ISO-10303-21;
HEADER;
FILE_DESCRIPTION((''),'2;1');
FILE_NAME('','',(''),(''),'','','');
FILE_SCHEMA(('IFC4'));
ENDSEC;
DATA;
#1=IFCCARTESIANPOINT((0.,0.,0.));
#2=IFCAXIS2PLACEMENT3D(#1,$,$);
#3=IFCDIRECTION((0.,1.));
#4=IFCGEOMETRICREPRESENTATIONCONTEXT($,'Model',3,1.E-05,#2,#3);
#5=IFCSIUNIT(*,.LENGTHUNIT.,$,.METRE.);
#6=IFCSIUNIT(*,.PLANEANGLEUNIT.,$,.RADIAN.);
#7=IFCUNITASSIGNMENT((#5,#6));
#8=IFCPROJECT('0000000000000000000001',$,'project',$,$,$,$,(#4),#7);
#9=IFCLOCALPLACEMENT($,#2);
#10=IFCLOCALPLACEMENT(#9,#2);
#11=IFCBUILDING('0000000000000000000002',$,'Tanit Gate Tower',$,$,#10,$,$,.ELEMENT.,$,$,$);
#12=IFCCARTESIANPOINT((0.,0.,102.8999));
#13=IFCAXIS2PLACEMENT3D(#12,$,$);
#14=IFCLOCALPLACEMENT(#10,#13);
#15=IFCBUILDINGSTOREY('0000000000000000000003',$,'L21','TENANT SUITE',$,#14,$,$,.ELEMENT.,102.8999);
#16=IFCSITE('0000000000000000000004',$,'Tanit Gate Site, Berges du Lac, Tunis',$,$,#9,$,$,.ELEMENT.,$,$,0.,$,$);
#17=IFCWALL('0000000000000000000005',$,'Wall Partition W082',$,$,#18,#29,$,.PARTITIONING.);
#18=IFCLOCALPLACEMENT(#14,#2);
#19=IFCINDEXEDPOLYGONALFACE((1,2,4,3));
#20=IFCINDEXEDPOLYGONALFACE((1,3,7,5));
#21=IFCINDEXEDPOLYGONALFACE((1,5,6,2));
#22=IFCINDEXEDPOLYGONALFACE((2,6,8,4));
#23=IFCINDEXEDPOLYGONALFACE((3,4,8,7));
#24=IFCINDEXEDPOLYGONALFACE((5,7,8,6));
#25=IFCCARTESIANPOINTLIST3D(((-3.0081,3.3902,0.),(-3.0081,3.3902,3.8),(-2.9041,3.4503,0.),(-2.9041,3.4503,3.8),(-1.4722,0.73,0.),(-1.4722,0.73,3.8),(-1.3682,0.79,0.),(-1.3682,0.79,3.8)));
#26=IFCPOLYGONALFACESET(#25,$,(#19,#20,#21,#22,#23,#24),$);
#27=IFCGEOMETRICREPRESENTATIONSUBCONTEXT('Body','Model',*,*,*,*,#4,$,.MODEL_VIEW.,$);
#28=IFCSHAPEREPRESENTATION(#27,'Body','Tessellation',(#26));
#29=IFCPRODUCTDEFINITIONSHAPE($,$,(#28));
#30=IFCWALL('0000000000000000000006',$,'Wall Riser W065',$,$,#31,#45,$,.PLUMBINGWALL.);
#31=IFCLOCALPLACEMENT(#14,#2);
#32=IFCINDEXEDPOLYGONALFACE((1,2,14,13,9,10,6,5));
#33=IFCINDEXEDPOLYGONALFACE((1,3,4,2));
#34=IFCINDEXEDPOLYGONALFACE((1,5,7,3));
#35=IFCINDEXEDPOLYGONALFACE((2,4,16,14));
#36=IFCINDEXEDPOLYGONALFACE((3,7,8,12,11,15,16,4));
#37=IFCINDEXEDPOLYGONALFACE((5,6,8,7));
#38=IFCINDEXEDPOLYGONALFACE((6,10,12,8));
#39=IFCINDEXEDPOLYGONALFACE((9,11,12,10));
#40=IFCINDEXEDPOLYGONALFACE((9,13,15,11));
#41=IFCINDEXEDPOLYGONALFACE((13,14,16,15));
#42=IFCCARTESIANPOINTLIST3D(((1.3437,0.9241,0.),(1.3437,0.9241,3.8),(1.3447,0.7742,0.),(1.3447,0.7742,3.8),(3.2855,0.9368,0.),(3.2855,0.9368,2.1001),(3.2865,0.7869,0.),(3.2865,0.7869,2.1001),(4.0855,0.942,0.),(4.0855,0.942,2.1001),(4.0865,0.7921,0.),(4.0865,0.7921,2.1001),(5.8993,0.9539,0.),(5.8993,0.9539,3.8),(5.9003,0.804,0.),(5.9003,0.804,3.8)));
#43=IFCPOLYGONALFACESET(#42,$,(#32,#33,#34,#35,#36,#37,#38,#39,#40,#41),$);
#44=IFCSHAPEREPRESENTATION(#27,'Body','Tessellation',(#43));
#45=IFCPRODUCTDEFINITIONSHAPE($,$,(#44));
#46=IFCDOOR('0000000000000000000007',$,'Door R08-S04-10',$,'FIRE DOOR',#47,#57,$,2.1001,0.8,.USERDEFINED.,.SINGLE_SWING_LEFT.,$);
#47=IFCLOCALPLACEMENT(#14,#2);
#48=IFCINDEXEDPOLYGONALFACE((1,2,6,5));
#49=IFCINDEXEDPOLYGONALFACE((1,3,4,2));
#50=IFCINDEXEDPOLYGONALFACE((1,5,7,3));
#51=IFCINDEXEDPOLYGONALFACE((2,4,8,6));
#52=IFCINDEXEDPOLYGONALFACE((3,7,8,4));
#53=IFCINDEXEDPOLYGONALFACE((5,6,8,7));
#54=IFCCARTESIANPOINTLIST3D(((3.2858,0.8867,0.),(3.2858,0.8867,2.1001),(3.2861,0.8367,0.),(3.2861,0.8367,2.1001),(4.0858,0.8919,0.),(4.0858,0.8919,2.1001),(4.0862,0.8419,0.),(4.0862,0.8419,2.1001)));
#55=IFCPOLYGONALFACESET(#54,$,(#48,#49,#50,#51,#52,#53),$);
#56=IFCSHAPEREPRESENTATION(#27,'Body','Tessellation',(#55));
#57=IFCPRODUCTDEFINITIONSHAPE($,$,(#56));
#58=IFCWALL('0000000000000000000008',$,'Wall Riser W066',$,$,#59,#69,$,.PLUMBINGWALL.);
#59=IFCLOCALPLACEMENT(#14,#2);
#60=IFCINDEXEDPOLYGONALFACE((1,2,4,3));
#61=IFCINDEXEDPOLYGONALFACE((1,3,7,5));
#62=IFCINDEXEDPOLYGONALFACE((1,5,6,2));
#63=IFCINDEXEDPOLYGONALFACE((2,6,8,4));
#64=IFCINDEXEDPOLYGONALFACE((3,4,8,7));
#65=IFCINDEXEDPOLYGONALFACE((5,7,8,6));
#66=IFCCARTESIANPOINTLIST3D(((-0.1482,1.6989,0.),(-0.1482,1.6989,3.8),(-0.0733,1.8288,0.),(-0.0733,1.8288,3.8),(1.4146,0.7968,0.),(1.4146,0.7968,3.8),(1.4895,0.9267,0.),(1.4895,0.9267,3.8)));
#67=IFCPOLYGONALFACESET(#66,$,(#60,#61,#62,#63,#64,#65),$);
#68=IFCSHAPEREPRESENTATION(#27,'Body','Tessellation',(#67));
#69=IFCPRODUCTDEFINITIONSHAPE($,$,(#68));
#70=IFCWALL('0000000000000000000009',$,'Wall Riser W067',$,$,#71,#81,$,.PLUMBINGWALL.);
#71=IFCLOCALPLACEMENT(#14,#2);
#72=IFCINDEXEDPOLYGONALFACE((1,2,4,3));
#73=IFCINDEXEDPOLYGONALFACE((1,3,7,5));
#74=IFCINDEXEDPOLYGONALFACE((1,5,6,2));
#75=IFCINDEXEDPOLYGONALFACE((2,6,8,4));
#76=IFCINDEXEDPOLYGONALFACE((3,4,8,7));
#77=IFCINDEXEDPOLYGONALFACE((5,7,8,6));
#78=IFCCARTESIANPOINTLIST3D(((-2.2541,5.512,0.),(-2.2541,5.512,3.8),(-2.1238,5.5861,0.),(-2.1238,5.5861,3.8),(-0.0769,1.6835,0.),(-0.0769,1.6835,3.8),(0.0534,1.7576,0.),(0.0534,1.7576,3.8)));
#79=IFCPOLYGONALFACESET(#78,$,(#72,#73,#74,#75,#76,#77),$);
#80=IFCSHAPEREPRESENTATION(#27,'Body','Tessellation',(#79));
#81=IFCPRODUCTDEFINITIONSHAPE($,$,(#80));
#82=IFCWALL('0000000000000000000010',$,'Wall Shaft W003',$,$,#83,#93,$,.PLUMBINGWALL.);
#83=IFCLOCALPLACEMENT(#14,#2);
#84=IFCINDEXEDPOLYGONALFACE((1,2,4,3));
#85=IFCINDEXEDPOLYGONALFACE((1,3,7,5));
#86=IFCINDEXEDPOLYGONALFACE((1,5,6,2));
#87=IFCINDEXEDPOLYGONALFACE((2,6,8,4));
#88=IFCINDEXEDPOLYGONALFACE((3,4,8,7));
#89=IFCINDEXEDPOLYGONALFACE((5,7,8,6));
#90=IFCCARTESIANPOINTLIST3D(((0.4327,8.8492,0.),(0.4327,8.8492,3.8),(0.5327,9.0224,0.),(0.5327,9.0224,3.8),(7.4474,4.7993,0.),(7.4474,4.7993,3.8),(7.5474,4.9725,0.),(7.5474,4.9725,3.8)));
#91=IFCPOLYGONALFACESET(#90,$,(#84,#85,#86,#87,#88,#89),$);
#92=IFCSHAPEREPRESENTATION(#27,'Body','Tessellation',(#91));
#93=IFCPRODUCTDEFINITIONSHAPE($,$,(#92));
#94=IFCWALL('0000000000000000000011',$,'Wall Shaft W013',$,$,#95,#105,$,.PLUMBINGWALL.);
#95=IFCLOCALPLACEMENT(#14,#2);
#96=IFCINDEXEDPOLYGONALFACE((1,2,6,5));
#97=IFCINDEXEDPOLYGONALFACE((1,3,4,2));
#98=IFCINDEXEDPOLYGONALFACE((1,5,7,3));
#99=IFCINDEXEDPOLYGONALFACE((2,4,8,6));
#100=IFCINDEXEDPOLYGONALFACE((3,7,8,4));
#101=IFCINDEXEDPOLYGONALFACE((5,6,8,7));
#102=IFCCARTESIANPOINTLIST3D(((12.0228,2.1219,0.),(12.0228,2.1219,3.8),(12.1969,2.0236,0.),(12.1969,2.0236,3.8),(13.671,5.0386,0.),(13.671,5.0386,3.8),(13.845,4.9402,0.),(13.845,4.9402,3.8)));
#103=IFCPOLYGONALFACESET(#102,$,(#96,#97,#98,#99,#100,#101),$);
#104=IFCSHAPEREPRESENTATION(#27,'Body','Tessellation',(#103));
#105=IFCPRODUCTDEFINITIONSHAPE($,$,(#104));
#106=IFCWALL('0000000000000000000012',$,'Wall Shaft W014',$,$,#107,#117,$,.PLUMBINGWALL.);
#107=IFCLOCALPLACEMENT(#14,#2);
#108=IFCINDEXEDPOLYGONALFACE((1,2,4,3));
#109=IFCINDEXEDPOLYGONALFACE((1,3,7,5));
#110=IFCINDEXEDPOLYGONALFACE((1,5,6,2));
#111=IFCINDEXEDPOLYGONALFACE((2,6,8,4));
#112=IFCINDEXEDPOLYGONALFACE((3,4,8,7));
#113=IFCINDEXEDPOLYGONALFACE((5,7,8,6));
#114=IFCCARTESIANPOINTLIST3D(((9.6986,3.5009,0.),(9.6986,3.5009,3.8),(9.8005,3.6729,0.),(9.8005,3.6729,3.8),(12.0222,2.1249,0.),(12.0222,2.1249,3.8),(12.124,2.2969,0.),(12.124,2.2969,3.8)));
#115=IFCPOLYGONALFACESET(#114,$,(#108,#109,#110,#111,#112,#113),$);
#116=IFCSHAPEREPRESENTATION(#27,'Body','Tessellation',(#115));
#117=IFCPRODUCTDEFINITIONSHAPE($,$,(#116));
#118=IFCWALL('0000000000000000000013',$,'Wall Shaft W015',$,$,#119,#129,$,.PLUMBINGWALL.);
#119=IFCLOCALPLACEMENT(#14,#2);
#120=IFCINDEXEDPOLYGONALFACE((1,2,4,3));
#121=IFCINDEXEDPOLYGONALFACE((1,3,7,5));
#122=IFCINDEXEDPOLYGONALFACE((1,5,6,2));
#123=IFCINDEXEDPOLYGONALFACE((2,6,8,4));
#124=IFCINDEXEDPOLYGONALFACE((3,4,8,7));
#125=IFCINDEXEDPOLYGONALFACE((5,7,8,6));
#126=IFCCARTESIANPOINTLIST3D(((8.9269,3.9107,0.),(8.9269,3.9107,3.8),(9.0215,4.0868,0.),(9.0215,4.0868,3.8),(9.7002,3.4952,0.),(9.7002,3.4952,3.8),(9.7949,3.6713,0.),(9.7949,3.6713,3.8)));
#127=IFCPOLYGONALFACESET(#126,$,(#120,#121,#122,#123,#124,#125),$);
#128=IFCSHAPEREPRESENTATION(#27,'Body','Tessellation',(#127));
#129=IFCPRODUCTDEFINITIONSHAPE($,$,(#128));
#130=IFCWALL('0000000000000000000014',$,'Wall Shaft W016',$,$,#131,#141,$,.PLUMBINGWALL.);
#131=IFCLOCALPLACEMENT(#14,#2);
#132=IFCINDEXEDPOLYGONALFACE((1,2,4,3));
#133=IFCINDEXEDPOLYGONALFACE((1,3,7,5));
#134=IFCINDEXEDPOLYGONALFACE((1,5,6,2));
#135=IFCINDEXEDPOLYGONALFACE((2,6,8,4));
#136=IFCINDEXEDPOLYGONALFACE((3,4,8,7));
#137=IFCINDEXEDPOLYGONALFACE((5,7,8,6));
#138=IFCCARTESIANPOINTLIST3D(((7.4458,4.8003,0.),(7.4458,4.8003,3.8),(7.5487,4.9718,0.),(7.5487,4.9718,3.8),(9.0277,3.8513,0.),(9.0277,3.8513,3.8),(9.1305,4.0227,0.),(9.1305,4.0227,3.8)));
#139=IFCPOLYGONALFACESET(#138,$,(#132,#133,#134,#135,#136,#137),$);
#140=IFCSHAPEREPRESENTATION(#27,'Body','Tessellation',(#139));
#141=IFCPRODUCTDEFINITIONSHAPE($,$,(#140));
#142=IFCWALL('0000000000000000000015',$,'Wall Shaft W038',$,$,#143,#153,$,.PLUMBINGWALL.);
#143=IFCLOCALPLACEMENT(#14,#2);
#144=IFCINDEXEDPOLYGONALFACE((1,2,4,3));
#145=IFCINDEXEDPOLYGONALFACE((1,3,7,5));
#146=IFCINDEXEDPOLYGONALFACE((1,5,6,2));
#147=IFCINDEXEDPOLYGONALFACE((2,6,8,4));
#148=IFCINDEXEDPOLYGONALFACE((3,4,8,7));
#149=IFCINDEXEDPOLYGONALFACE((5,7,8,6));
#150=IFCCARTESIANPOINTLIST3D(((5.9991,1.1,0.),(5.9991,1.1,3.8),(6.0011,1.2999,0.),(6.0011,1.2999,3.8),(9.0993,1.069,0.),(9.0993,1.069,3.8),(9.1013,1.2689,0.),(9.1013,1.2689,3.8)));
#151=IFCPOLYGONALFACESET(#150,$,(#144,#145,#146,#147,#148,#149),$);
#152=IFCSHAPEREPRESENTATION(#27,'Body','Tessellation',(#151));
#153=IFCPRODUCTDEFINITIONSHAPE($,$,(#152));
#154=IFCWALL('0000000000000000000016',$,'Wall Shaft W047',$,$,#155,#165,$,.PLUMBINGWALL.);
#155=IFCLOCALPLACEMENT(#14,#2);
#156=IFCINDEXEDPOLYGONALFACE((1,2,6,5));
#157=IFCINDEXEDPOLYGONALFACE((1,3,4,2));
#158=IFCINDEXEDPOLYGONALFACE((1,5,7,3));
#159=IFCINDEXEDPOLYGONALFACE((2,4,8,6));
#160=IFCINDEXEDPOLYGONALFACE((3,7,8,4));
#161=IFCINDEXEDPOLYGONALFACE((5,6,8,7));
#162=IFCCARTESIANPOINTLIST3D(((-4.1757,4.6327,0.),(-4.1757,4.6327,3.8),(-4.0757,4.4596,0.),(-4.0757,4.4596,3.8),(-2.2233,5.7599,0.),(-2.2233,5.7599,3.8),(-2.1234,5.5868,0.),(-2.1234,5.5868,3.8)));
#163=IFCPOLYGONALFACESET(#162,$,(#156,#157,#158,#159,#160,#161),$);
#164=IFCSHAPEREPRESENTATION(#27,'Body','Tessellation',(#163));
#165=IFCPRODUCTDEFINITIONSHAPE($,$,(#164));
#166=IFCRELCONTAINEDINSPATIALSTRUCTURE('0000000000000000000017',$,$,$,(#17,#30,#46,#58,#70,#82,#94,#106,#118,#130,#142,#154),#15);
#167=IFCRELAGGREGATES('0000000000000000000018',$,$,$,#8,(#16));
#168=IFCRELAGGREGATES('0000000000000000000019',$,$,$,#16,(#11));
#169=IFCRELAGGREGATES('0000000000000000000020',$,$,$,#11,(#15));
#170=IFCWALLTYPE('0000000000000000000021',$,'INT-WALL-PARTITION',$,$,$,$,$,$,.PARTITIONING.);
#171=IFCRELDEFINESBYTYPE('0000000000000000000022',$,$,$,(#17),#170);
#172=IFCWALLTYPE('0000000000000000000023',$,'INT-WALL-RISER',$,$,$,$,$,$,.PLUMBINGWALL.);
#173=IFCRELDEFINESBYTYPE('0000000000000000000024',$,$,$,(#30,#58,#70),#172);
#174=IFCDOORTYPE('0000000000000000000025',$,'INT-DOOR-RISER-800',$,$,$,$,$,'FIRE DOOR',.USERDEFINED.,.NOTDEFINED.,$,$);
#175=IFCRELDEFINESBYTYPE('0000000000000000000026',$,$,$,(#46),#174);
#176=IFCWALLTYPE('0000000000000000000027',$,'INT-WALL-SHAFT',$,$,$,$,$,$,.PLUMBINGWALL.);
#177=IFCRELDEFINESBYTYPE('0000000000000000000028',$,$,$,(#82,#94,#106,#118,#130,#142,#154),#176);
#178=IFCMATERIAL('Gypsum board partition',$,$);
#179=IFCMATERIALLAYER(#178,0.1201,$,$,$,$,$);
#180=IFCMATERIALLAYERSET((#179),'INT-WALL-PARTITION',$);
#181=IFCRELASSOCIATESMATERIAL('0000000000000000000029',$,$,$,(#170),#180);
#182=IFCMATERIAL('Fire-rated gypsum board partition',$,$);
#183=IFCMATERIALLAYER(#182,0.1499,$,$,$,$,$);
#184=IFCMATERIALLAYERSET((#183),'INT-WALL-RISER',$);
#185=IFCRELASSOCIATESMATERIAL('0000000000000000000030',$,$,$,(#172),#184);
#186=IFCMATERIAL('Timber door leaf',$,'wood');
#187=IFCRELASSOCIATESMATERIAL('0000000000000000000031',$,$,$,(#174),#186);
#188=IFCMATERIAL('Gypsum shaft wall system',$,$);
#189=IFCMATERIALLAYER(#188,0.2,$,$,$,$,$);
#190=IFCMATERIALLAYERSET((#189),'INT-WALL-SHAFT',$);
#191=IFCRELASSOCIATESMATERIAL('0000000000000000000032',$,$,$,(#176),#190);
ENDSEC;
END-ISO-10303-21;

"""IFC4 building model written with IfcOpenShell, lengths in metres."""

from ifc_helpers import new_model, si_unit, direction, frame, frame_2d, origin, place, context, subcontext, project, spatial, rectangle, extrude, material, layer, layer_set, type_object, element, fill, save


model = new_model("IFC4")

# Units and contexts
model_context = context("Model", 3, precision=1e-05, world=origin(), true_north=direction((0.0, 1.0)))
body_context = subcontext(model_context, "Body", "Model", "MODEL_VIEW")
ifc_project = project(units=[si_unit("LENGTHUNIT", "METRE"), si_unit("PLANEANGLEUNIT", "RADIAN")], contexts=[model_context])

# Site, building, storey
site_placement = place(None, origin())
site = spatial("IfcSite", under=ifc_project, at=site_placement, Name="Tanit Gate Site, Berges du Lac, Tunis", CompositionType="ELEMENT", RefElevation=0.0)
building_placement = place(site_placement, origin())
building = spatial("IfcBuilding", under=site, at=building_placement, Name="Tanit Gate Tower", CompositionType="ELEMENT")
storey_placement = place(building_placement, frame((0.0, 0.0, 102.8999)))
storey = spatial("IfcBuildingStorey", under=building, at=storey_placement, Name="L21", Description="TENANT SUITE", CompositionType="ELEMENT", Elevation=102.8999)

# Wall
ifc_material_1 = material(Name="Gypsum board partition")
ifc_layer_1 = layer(ifc_material_1, 0.1201)
ifc_layer_set_1 = layer_set([ifc_layer_1], Name="INT-WALL-PARTITION")
wall_type_1 = type_object("IfcWallType", Name="INT-WALL-PARTITION", PredefinedType="PARTITIONING", material=ifc_layer_set_1)
wall_1_placement = place(storey_placement, frame((-1.4202, 0.76, 0.0), z_axis=(0.0, 0.0, 1.0), x_axis=(-0.500011, 0.866019, 0.0)))
element("IfcWall", 1, at=wall_1_placement, inside=storey, type_object=wall_type_1, Name="Wall Partition W082", PredefinedType="PARTITIONING", context=body_context, shape_type="SweptSolid", body=[
    extrude(rectangle(XDim=3.0718, YDim=0.1201, at=frame_2d((1.5359, 0.0))), origin(), (0.0, 0.0, 1.0), 3.8),
])

# Wall, opening, door
ifc_material_2 = material(Name="Fire-rated gypsum board partition")
ifc_layer_2 = layer(ifc_material_2, 0.1499)
ifc_layer_set_2 = layer_set([ifc_layer_2], Name="INT-WALL-RISER")
wall_type_2 = type_object("IfcWallType", Name="INT-WALL-RISER", PredefinedType="PLUMBINGWALL", material=ifc_layer_set_2)
wall_2_placement = place(storey_placement, frame((1.3442, 0.8491, 0.0), z_axis=(0.0, 0.0, 1.0), x_axis=(0.999979, 0.006538, 0.0)))
wall_2 = element("IfcWall", 2, at=wall_2_placement, inside=storey, type_object=wall_type_2, Name="Wall Riser W065", PredefinedType="PLUMBINGWALL", context=body_context, shape_type="SweptSolid", body=[
    extrude(rectangle(XDim=4.5557, YDim=0.1499, at=frame_2d((2.2778, 0.0))), origin(), (0.0, 0.0, 1.0), 3.8),
])
opening_1_placement = place(wall_2_placement, frame((1.9419, 0.0, 0.0)))
opening_1 = element("IfcOpeningElement", 3, at=opening_1_placement, cuts=wall_2, PredefinedType="OPENING", context=body_context, shape_type="SweptSolid", body=[
    extrude(rectangle(XDim=0.8, YDim=2.1001, at=frame_2d((0.3999, 1.05))), frame((0.0, 0.085, 0.0), z_axis=(0.0, -1.0, 0.0), x_axis=(1.0, 0.0, 0.0)), (0.0, 0.0, 1.0), 0.1699),
])
ifc_material_3 = material(Name="Timber door leaf", Category="wood")
door_type_1 = type_object("IfcDoorType", Name="INT-DOOR-RISER-800", ElementType="FIRE DOOR", OperationType="NOTDEFINED", PredefinedType="USERDEFINED", material=ifc_material_3)
door_1_placement = place(opening_1_placement, origin())
door_1 = element("IfcDoor", 4, at=door_1_placement, inside=storey, type_object=door_type_1, Name="Door R08-S04-10", ObjectType="FIRE DOOR", OperationType="SINGLE_SWING_LEFT", OverallHeight=2.1001, OverallWidth=0.8, PredefinedType="USERDEFINED", context=body_context, shape_type="SweptSolid", body=[
    extrude(rectangle(XDim=0.8, YDim=2.1001, at=frame_2d((0.3999, 1.05))), frame((0.0, 0.0249, 0.0), z_axis=(0.0, -1.0, 0.0), x_axis=(1.0, 0.0, 0.0)), (0.0, 0.0, 1.0), 0.05),
])
fill(opening_1, door_1)

# Walls
wall_3_placement = place(storey_placement, frame((-0.1108, 1.7639, 0.0), z_axis=(0.0, 0.0, 1.0), x_axis=(0.866062, -0.499937, 0.0)))
element("IfcWall", 5, at=wall_3_placement, inside=storey, type_object=wall_type_2, Name="Wall Riser W066", PredefinedType="PLUMBINGWALL", context=body_context, shape_type="SweptSolid", body=[
    extrude(rectangle(XDim=1.8044, YDim=0.1499, at=frame_2d((0.9023, 0.0))), origin(), (0.0, 0.0, 1.0), 3.8),
])
wall_4_placement = place(storey_placement, frame((-2.189, 5.5491, 0.0), z_axis=(0.0, 0.0, 1.0), x_axis=(0.494335, -0.869271, 0.0)))
element("IfcWall", 6, at=wall_4_placement, inside=storey, type_object=wall_type_2, Name="Wall Riser W067", PredefinedType="PLUMBINGWALL", context=body_context, shape_type="SweptSolid", body=[
    extrude(rectangle(XDim=4.4043, YDim=0.1499, at=frame_2d((2.2021, 0.0))), origin(), (0.0, 0.0, 1.0), 3.8),
])
ifc_material_4 = material(Name="Gypsum shaft wall system")
ifc_layer_3 = layer(ifc_material_4, 0.2)
ifc_layer_set_3 = layer_set([ifc_layer_3], Name="INT-WALL-SHAFT")
wall_type_3 = type_object("IfcWallType", Name="INT-WALL-SHAFT", PredefinedType="PLUMBINGWALL", material=ifc_layer_set_3)
wall_5_placement = place(storey_placement, frame((7.4973, 4.886, 0.0), z_axis=(0.0, 0.0, 1.0), x_axis=(-0.866031, 0.49999, 0.0)))
element("IfcWall", 7, at=wall_5_placement, inside=storey, type_object=wall_type_3, Name="Wall Shaft W003", PredefinedType="PLUMBINGWALL", context=body_context, shape_type="SweptSolid", body=[
    extrude(rectangle(XDim=8.0999, YDim=0.2, at=frame_2d((4.0498, 0.0))), origin(), (0.0, 0.0, 1.0), 3.8),
])
wall_6_placement = place(storey_placement, frame((12.1099, 2.0728, 0.0), z_axis=(0.0, 0.0, 1.0), x_axis=(0.491966, 0.870614, 0.0)))
element("IfcWall", 8, at=wall_6_placement, inside=storey, type_object=wall_type_3, Name="Wall Shaft W013", PredefinedType="PLUMBINGWALL", context=body_context, shape_type="SweptSolid", body=[
    extrude(rectangle(XDim=3.3501, YDim=0.2, at=frame_2d((1.675, 0.0))), origin(), (0.0, 0.0, 1.0), 3.8),
])
wall_7_placement = place(storey_placement, frame((12.073, 2.2109, 0.0), z_axis=(0.0, 0.0, 1.0), x_axis=(-0.860438, 0.509555, 0.0)))
element("IfcWall", 9, at=wall_7_placement, inside=storey, type_object=wall_type_3, Name="Wall Shaft W014", PredefinedType="PLUMBINGWALL", context=body_context, shape_type="SweptSolid", body=[
    extrude(rectangle(XDim=2.7004, YDim=0.2, at=frame_2d((1.3501, 0.0))), origin(), (0.0, 0.0, 1.0), 3.8),
])
wall_8_placement = place(storey_placement, frame((9.7476, 3.5833, 0.0), z_axis=(0.0, 0.0, 1.0), x_axis=(-0.880917, 0.473271, 0.0)))
element("IfcWall", 10, at=wall_8_placement, inside=storey, type_object=wall_type_3, Name="Wall Shaft W015", PredefinedType="PLUMBINGWALL", context=body_context, shape_type="SweptSolid", body=[
    extrude(rectangle(XDim=0.8779, YDim=0.2, at=frame_2d((0.439, 0.0))), origin(), (0.0, 0.0, 1.0), 3.8),
])
wall_9_placement = place(storey_placement, frame((9.0791, 3.937, 0.0), z_axis=(0.0, 0.0, 1.0), x_axis=(-0.857516, 0.514457, 0.0)))
element("IfcWall", 11, at=wall_9_placement, inside=storey, type_object=wall_type_3, Name="Wall Shaft W016", PredefinedType="PLUMBINGWALL", context=body_context, shape_type="SweptSolid", body=[
    extrude(rectangle(XDim=1.8447, YDim=0.2, at=frame_2d((0.9224, 0.0))), origin(), (0.0, 0.0, 1.0), 3.8),
])

# Walls
wall_10_placement = place(storey_placement, frame((6.0, 1.2, 0.0), z_axis=(0.0, 0.0, 1.0), x_axis=(0.99995, -0.010001, 0.0)))
element("IfcWall", 12, at=wall_10_placement, inside=storey, type_object=wall_type_3, Name="Wall Shaft W038", PredefinedType="PLUMBINGWALL", context=body_context, shape_type="SweptSolid", body=[
    extrude(rectangle(XDim=3.1003, YDim=0.2, at=frame_2d((1.5503, 0.0))), origin(), (0.0, 0.0, 1.0), 3.8),
])
wall_11_placement = place(storey_placement, frame((-2.1733, 5.6733, 0.0), z_axis=(0.0, 0.0, 1.0), x_axis=(-0.866029, -0.499994, 0.0)))
element("IfcWall", 13, at=wall_11_placement, inside=storey, type_object=wall_type_3, Name="Wall Shaft W047", PredefinedType="PLUMBINGWALL", context=body_context, shape_type="SweptSolid", body=[
    extrude(rectangle(XDim=2.2544, YDim=0.2, at=frame_2d((1.1272, 0.0))), origin(), (0.0, 0.0, 1.0), 3.8),
])

save(model, "model.ifc")
